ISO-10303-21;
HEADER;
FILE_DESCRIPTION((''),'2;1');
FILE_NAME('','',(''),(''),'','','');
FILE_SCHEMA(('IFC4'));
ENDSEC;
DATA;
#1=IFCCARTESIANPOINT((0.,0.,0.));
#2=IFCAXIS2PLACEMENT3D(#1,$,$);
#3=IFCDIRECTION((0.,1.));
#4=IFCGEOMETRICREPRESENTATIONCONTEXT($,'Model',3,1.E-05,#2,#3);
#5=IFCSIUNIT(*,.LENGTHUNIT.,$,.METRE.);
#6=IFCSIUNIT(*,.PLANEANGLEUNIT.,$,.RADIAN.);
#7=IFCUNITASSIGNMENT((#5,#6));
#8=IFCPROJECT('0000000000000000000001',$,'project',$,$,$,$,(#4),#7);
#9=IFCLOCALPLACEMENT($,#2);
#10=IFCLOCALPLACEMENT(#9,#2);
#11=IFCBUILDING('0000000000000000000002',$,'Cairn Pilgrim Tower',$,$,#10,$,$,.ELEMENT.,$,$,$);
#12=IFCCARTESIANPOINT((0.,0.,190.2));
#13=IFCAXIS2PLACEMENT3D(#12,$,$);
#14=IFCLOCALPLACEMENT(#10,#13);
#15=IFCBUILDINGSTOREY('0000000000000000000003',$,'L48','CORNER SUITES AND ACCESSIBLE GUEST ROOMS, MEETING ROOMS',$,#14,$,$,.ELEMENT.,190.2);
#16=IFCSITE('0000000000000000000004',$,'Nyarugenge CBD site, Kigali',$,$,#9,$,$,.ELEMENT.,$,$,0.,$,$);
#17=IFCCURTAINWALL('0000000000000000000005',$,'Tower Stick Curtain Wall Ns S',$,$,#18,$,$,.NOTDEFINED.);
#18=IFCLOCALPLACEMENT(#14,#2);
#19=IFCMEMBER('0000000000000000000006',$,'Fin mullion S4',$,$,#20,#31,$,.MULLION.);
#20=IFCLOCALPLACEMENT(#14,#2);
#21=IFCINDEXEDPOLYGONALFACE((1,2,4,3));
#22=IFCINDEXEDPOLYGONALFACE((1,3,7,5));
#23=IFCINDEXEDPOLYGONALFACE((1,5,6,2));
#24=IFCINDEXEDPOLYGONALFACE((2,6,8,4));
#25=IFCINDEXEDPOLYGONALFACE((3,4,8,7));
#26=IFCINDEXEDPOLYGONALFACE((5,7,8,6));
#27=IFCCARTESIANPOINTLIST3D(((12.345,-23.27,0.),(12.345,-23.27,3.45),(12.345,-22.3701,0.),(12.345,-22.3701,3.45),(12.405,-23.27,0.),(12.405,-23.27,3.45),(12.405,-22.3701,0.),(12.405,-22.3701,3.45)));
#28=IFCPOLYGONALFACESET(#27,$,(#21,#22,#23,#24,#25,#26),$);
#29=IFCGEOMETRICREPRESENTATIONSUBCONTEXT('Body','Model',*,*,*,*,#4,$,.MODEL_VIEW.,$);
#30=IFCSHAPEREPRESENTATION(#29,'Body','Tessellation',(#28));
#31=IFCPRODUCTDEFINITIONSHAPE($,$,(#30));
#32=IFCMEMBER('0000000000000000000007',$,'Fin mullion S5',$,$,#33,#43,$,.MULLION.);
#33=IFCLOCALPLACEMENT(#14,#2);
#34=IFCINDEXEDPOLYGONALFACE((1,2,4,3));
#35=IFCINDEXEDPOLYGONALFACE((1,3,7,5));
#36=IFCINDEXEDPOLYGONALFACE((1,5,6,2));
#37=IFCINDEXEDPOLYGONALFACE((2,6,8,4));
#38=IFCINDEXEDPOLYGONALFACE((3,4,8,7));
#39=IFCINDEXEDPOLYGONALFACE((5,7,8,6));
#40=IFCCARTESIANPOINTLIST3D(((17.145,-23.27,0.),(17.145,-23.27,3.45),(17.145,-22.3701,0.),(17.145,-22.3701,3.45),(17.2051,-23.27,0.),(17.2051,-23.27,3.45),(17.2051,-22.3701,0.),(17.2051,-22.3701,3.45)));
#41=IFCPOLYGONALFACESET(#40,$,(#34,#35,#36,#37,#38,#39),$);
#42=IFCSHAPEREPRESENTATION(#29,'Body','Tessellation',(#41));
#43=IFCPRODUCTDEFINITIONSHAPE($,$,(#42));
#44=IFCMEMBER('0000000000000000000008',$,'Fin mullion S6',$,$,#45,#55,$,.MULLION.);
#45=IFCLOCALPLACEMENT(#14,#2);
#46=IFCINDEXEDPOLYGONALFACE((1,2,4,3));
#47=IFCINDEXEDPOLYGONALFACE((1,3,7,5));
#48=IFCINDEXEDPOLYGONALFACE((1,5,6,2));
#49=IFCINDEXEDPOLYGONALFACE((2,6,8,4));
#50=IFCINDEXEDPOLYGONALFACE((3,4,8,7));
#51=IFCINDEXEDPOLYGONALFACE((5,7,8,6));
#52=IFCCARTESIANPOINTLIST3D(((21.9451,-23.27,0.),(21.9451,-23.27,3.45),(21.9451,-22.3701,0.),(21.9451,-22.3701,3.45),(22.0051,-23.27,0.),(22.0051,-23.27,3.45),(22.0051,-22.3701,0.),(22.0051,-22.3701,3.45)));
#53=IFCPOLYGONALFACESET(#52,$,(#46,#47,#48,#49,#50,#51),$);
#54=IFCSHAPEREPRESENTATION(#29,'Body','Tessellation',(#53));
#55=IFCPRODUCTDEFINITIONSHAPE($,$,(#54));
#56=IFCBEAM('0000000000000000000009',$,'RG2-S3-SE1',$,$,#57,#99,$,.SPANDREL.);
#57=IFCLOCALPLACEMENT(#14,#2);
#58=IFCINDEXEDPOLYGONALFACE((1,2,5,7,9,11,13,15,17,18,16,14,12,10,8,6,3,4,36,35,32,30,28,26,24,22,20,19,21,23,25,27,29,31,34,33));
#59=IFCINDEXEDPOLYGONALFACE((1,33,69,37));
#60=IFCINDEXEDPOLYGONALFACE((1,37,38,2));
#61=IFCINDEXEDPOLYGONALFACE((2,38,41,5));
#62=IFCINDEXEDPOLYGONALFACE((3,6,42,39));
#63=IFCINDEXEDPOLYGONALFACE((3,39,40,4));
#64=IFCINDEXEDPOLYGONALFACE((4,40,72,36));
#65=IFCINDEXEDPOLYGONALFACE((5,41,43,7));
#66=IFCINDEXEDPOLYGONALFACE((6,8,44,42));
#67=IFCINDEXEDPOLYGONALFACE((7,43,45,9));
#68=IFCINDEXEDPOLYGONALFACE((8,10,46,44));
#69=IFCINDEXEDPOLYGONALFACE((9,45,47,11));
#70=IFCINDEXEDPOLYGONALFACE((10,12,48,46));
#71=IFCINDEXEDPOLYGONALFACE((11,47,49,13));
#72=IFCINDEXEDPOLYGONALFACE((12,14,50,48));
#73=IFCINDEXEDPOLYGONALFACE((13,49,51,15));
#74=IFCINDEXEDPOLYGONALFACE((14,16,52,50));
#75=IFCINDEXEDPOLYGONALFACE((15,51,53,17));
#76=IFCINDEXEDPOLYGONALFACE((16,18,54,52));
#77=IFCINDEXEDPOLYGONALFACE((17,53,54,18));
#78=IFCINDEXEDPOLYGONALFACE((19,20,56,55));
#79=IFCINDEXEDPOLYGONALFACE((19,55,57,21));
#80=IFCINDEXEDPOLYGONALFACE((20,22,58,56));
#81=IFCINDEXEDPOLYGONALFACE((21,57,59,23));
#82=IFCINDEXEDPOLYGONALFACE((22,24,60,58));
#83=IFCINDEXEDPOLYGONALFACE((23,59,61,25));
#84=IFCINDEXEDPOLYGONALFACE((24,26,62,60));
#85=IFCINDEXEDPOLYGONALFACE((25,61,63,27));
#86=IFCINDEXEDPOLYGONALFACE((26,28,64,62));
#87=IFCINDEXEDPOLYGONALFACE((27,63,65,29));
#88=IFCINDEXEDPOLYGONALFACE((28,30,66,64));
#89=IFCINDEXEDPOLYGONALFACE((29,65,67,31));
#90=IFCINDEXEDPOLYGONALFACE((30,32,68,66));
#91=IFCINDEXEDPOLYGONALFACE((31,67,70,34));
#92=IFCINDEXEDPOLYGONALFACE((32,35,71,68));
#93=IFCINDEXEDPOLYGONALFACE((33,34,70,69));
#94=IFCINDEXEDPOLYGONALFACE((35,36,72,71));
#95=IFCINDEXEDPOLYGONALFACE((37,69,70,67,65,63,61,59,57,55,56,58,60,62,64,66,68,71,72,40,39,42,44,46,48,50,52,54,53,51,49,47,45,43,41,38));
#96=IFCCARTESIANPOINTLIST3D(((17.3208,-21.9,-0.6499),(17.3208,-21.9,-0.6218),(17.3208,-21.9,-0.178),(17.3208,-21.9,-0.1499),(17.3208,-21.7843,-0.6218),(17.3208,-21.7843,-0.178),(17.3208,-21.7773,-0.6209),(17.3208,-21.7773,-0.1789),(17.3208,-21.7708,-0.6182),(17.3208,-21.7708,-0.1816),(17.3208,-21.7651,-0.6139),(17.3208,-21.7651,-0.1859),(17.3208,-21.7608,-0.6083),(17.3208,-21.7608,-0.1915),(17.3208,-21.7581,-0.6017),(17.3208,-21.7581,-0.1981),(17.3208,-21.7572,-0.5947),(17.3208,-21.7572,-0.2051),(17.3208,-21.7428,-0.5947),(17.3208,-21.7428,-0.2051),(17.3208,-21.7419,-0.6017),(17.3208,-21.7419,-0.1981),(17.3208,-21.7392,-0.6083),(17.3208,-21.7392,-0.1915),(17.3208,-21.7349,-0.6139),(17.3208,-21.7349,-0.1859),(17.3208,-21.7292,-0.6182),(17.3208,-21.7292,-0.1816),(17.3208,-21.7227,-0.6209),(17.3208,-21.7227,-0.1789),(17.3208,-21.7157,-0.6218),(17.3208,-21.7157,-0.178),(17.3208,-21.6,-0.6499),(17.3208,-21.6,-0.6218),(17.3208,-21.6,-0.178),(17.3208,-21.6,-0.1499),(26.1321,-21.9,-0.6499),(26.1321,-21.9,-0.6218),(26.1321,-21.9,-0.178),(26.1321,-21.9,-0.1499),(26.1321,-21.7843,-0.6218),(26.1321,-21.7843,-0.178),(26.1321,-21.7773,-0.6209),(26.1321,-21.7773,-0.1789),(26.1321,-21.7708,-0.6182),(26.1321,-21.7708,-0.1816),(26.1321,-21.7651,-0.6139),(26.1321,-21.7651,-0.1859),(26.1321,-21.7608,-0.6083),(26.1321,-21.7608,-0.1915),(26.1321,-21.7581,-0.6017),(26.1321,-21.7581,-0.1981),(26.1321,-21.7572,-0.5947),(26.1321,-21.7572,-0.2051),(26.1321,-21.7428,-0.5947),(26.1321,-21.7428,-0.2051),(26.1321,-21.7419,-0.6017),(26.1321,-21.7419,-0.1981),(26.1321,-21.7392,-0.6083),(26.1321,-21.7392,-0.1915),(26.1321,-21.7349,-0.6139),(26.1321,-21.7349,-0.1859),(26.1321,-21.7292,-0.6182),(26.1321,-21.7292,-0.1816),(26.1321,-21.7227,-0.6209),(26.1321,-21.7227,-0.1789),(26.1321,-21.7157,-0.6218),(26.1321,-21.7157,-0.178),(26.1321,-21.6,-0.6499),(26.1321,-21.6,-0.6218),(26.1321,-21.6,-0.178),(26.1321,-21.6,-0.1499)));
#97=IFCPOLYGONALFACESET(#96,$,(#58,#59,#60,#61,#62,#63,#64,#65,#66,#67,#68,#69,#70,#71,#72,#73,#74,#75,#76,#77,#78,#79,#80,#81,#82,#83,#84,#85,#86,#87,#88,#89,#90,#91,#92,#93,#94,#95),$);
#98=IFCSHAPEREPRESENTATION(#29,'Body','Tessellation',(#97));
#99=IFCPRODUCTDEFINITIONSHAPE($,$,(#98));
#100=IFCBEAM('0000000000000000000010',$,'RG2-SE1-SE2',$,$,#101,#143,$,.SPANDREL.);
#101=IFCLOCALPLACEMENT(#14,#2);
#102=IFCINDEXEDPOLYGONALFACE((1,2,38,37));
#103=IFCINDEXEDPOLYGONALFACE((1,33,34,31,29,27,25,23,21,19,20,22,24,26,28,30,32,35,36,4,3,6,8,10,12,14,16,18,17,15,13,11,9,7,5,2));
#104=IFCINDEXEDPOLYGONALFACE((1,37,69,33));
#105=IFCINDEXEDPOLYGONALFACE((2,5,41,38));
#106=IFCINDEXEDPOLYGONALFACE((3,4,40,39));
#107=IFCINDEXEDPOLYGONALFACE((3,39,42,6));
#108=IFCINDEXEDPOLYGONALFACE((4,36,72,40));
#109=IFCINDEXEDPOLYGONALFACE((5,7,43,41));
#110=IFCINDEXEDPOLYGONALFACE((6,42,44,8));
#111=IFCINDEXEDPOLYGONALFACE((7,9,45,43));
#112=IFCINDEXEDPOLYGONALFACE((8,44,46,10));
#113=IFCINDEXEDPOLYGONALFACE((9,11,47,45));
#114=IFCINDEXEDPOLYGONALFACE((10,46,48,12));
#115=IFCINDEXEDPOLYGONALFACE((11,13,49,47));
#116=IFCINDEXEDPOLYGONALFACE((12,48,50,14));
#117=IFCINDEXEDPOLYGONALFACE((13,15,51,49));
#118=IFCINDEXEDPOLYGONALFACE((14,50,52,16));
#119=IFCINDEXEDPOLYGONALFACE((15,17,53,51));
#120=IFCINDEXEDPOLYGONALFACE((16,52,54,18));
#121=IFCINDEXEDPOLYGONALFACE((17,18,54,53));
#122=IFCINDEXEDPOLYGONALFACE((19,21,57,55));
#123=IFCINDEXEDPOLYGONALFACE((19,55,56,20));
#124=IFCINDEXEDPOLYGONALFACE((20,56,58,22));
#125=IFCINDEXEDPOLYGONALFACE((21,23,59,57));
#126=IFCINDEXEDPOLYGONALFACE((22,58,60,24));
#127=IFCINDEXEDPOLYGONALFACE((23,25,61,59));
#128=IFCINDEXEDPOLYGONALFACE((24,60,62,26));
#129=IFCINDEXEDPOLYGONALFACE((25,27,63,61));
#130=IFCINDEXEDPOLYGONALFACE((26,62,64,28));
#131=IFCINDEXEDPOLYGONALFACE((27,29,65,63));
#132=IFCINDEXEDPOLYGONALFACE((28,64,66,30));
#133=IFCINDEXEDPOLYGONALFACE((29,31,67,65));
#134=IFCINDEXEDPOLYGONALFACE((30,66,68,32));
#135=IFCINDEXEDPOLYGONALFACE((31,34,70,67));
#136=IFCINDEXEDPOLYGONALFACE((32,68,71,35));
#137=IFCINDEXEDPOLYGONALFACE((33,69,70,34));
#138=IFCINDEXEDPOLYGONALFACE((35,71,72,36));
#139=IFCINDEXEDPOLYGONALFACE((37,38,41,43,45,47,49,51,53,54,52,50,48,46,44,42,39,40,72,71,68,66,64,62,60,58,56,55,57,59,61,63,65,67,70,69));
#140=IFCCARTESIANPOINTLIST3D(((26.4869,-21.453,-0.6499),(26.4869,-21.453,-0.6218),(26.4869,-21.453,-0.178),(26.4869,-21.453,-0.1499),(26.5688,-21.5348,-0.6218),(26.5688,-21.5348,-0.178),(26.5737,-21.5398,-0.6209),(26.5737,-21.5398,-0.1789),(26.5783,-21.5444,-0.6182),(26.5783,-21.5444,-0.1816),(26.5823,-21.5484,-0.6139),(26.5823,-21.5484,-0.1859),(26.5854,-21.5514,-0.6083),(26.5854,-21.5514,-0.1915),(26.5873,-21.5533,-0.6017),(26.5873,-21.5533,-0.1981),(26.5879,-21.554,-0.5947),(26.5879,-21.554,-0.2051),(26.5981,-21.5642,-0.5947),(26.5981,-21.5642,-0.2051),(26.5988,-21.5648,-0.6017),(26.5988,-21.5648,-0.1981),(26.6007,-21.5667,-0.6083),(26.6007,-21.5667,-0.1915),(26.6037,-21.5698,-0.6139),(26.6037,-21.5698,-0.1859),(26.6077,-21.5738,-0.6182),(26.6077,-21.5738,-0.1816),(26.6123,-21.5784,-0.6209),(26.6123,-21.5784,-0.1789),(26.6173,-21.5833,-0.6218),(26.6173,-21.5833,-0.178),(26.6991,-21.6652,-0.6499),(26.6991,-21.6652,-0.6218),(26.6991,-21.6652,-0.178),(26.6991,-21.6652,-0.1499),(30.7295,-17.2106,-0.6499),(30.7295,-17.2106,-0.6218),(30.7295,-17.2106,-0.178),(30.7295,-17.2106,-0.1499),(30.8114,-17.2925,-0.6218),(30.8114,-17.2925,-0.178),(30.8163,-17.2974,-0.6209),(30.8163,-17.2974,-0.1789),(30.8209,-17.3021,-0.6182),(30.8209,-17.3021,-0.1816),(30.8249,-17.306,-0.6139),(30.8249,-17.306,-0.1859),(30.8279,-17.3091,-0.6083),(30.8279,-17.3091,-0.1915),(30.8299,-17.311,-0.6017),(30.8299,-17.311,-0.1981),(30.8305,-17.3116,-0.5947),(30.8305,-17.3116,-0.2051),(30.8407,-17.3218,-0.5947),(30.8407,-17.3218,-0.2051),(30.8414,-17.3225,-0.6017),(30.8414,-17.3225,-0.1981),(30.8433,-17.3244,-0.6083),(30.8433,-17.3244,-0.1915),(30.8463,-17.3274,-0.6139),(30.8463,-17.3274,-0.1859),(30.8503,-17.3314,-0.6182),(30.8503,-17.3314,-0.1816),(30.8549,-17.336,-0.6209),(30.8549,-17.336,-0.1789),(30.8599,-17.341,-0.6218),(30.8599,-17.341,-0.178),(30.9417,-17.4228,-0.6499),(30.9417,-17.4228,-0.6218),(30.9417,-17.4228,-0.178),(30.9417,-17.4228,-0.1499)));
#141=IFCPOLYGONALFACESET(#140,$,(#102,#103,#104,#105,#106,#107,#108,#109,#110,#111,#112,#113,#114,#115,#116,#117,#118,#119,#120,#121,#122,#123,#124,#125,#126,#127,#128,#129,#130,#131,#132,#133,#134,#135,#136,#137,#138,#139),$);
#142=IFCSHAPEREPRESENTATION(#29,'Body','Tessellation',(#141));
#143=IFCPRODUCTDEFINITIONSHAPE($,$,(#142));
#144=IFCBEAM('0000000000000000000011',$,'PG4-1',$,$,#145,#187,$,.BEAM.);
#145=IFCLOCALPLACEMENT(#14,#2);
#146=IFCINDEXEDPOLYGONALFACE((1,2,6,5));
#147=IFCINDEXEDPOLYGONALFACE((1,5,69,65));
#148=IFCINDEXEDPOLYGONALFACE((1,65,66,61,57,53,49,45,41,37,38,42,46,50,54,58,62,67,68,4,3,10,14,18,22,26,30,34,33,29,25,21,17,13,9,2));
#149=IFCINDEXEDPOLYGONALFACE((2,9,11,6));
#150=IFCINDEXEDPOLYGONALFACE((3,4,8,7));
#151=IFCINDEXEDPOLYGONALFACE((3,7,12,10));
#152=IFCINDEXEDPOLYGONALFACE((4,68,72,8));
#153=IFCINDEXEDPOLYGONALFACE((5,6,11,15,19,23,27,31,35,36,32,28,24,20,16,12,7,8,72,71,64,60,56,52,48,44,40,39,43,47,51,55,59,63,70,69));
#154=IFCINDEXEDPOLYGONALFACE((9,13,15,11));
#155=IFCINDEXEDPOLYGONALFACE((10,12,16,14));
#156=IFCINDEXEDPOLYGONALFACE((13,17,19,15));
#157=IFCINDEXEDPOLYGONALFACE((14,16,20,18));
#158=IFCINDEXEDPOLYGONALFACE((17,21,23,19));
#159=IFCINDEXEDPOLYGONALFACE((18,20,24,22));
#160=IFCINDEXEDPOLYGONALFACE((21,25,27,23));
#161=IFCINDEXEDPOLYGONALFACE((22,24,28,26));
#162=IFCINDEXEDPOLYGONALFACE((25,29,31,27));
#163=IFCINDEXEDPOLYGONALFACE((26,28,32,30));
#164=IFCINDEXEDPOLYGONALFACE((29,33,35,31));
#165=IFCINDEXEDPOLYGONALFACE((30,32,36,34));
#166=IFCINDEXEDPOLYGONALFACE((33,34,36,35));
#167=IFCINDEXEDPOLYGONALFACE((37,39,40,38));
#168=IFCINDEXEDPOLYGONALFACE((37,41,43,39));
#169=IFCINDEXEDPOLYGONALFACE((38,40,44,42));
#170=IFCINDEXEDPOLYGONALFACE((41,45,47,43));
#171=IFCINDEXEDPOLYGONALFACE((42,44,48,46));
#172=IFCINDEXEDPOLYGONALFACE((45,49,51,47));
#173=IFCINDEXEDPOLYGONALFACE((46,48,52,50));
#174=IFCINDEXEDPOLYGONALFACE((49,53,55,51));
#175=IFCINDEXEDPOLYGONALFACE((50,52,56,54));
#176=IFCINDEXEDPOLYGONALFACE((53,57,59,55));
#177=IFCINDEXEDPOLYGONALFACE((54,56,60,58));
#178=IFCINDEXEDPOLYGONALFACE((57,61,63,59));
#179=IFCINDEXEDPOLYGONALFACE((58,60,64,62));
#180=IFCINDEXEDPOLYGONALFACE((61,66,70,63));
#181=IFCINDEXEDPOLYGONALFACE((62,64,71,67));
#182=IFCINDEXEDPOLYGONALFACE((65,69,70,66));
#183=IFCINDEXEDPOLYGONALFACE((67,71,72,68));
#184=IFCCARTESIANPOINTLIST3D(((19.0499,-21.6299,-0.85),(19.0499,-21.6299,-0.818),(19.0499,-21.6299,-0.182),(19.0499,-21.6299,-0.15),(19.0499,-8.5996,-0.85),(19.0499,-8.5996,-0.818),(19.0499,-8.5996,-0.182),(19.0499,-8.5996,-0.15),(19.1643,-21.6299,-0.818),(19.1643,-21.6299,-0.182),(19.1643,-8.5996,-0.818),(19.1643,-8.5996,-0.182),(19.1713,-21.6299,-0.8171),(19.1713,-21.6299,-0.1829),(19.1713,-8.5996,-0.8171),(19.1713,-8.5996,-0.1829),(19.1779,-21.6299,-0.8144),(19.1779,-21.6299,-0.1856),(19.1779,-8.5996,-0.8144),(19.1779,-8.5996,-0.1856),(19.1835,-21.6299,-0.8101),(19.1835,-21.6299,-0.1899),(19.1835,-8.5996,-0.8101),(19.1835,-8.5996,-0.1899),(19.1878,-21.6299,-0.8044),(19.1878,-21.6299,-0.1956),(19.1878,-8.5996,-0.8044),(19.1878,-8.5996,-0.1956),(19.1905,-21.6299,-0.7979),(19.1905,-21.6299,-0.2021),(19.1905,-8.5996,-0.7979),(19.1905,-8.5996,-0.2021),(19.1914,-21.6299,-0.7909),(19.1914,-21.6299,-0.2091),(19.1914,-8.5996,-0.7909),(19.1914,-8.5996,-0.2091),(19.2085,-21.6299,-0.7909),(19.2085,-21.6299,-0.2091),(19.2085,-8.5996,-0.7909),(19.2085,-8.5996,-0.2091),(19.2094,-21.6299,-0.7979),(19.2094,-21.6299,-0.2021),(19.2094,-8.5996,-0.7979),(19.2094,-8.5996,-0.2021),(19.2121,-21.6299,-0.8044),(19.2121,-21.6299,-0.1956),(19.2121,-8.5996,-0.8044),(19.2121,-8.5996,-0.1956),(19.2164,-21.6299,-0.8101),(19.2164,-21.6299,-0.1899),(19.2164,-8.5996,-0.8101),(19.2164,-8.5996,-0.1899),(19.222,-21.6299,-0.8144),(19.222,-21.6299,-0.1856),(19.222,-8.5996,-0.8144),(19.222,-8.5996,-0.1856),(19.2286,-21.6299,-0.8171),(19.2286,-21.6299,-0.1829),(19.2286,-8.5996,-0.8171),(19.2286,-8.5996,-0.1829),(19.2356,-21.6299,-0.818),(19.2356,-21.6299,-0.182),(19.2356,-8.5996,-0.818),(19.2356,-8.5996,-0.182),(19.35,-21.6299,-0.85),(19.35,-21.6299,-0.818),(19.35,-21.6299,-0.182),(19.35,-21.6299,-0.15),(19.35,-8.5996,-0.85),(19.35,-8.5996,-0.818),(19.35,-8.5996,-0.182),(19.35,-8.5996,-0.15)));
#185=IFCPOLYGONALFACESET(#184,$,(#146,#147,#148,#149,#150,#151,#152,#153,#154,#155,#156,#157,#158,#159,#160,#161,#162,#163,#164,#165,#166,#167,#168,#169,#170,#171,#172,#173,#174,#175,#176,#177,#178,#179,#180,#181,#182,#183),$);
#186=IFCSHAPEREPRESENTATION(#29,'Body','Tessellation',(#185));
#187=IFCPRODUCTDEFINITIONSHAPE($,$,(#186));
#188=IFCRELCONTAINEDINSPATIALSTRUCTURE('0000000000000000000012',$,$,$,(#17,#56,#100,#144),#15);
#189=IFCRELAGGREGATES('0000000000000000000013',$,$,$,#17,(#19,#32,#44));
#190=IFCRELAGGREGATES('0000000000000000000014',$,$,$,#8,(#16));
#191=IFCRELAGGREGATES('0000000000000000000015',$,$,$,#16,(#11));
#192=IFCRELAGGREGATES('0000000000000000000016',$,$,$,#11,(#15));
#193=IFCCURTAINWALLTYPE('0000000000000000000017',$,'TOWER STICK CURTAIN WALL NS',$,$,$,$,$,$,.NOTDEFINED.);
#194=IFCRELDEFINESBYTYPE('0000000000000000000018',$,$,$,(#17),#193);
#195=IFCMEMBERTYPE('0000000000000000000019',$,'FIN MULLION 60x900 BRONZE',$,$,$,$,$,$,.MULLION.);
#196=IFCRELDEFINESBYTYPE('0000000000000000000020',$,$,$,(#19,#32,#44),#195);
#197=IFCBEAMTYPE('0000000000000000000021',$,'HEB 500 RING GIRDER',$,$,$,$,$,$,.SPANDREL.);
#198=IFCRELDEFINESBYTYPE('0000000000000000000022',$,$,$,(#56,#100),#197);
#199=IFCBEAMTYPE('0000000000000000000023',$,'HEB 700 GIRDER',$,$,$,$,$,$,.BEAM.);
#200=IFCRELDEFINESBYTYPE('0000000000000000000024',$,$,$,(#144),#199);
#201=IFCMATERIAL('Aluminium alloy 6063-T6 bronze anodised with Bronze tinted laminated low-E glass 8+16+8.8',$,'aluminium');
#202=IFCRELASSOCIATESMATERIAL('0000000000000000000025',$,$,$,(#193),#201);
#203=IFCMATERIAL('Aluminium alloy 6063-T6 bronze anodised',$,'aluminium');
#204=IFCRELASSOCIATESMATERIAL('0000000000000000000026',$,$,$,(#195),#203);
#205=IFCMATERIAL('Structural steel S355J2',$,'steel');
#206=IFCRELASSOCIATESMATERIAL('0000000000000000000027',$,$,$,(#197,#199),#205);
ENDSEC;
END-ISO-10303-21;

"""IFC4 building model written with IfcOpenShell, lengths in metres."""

from ifc_helpers import new_model, si_unit, direction, frame, origin, origin_2d, place, context, subcontext, project, spatial, rectangle, i_section, extrude, material, material_profile, profile_set, type_object, element, aggregate, save


model = new_model("IFC4")

# Units and contexts
model_context = context("Model", 3, precision=1e-05, world=origin(), true_north=direction((0.0, 1.0)))
body_context = subcontext(model_context, "Body", "Model", "MODEL_VIEW")
ifc_project = project(units=[si_unit("LENGTHUNIT", "METRE"), si_unit("PLANEANGLEUNIT", "RADIAN")], contexts=[model_context])

# Site, building, storey
site_placement = place(None, origin())
site = spatial("IfcSite", under=ifc_project, at=site_placement, Name="Nyarugenge CBD site, Kigali", CompositionType="ELEMENT", RefElevation=0.0)
building_placement = place(site_placement, origin())
building = spatial("IfcBuilding", under=site, at=building_placement, Name="Cairn Pilgrim Tower", CompositionType="ELEMENT")
storey_placement = place(building_placement, frame((0.0, 0.0, 190.2)))
storey = spatial("IfcBuildingStorey", under=building, at=storey_placement, Name="L48", Description="CORNER SUITES AND ACCESSIBLE GUEST ROOMS, MEETING ROOMS", CompositionType="ELEMENT", Elevation=190.2)

# Curtain wall, members
ifc_material_1 = material(Name="Aluminium alloy 6063-T6 bronze anodised with Bronze tinted laminated low-E glass 8+16+8.8", Category="aluminium")
curtain_wall_type = type_object("IfcCurtainWallType", Name="TOWER STICK CURTAIN WALL NS", PredefinedType="NOTDEFINED", material=ifc_material_1)
curtain_wall_placement = place(storey_placement, origin())
curtain_wall = element("IfcCurtainWall", 1, at=curtain_wall_placement, inside=storey, type_object=curtain_wall_type, Name="Tower Stick Curtain Wall Ns S", PredefinedType="NOTDEFINED")
ifc_material_2 = material(Name="Aluminium alloy 6063-T6 bronze anodised", Category="aluminium")
ifc_material_profile_1 = material_profile(ifc_material_2, rectangle(XDim=0.8999, YDim=0.0601, at=origin_2d()), Name="FIN MULLION 60x900 BRONZE")
ifc_profile_set_1 = profile_set([ifc_material_profile_1], Name="Aluminium alloy 6063-T6 bronze anodised")
member_type_1 = type_object("IfcMemberType", Name="FIN MULLION 60x900 BRONZE", PredefinedType="MULLION", material=ifc_profile_set_1)
member_1_placement = place(storey_placement, frame((12.375, -22.8201, 0.0), z_axis=(0.0, 0.0, 1.0), x_axis=(0.0, -1.0, 0.0)))
member_1 = element("IfcMember", 2, at=member_1_placement, type_object=member_type_1, Name="Fin mullion S4", PredefinedType="MULLION", context=body_context, shape_type="SweptSolid", body=[
    extrude(rectangle(XDim=0.8999, YDim=0.0601, at=origin_2d()), origin(), (0.0, 0.0, 1.0), 3.45),
])
member_2_placement = place(storey_placement, frame((17.175, -22.8201, 0.0), z_axis=(0.0, 0.0, 1.0), x_axis=(0.0, -1.0, 0.0)))
member_2 = element("IfcMember", 3, at=member_2_placement, type_object=member_type_1, Name="Fin mullion S5", PredefinedType="MULLION", context=body_context, shape_type="SweptSolid", body=[
    extrude(rectangle(XDim=0.8999, YDim=0.0601, at=origin_2d()), origin(), (0.0, 0.0, 1.0), 3.45),
])
member_3_placement = place(storey_placement, frame((21.9751, -22.8201, 0.0), z_axis=(0.0, 0.0, 1.0), x_axis=(0.0, -1.0, 0.0)))
member_3 = element("IfcMember", 4, at=member_3_placement, type_object=member_type_1, Name="Fin mullion S6", PredefinedType="MULLION", context=body_context, shape_type="SweptSolid", body=[
    extrude(rectangle(XDim=0.8999, YDim=0.0601, at=origin_2d()), origin(), (0.0, 0.0, 1.0), 3.45),
])

# Beams
ifc_material_3 = material(Name="Structural steel S355J2", Category="steel")
ifc_material_profile_2 = material_profile(ifc_material_3, i_section(OverallWidth=0.3, OverallDepth=0.5, WebThickness=0.0144, FlangeThickness=0.0281, FilletRadius=0.0271, at=origin_2d()), Name="HEB 500")
ifc_profile_set_2 = profile_set([ifc_material_profile_2], Name="Structural steel S355J2")
beam_type_1 = type_object("IfcBeamType", Name="HEB 500 RING GIRDER", PredefinedType="SPANDREL", material=ifc_profile_set_2)
beam_1_placement = place(storey_placement, frame((17.3208, -21.75, -0.3999), z_axis=(1.0, 0.0, 0.0), x_axis=(0.0, 1.0, 0.0)))
element("IfcBeam", 5, at=beam_1_placement, inside=storey, type_object=beam_type_1, Name="RG2-S3-SE1", PredefinedType="SPANDREL", context=body_context, shape_type="SweptSolid", body=[
    extrude(i_section(OverallWidth=0.3, OverallDepth=0.5, WebThickness=0.0144, FlangeThickness=0.0281, FilletRadius=0.0271, at=origin_2d()), origin(), (0.0, 0.0, 1.0), 8.8113),
])
beam_2_placement = place(storey_placement, frame((26.593, -21.5591, -0.3999), z_axis=(0.707127, 0.707086, 0.0), x_axis=(-0.707086, 0.707127, 0.0)))
element("IfcBeam", 6, at=beam_2_placement, inside=storey, type_object=beam_type_1, Name="RG2-SE1-SE2", PredefinedType="SPANDREL", context=body_context, shape_type="SweptSolid", body=[
    extrude(i_section(OverallWidth=0.3, OverallDepth=0.5, WebThickness=0.0144, FlangeThickness=0.0281, FilletRadius=0.0271, at=origin_2d()), origin(), (0.0, 0.0, 1.0), 5.9998),
])
ifc_material_profile_3 = material_profile(ifc_material_3, i_section(OverallWidth=0.3, OverallDepth=0.7, WebThickness=0.0171, FlangeThickness=0.032, FilletRadius=0.0271, at=origin_2d()), Name="HEB 700")
ifc_profile_set_3 = profile_set([ifc_material_profile_3], Name="Structural steel S355J2")
beam_type_2 = type_object("IfcBeamType", Name="HEB 700 GIRDER", PredefinedType="BEAM", material=ifc_profile_set_3)
beam_3_placement = place(storey_placement, frame((19.2, -21.6299, -0.5), z_axis=(0.0, 1.0, 0.0), x_axis=(-1.0, 0.0, 0.0)))
element("IfcBeam", 7, at=beam_3_placement, inside=storey, type_object=beam_type_2, Name="PG4-1", PredefinedType="BEAM", context=body_context, shape_type="SweptSolid", body=[
    extrude(i_section(OverallWidth=0.3, OverallDepth=0.7, WebThickness=0.0171, FlangeThickness=0.032, FilletRadius=0.0271, at=origin_2d()), origin(), (0.0, 0.0, 1.0), 13.0303),
])

aggregate(curtain_wall, [member_1, member_2, member_3])

save(model, "model.ifc")
